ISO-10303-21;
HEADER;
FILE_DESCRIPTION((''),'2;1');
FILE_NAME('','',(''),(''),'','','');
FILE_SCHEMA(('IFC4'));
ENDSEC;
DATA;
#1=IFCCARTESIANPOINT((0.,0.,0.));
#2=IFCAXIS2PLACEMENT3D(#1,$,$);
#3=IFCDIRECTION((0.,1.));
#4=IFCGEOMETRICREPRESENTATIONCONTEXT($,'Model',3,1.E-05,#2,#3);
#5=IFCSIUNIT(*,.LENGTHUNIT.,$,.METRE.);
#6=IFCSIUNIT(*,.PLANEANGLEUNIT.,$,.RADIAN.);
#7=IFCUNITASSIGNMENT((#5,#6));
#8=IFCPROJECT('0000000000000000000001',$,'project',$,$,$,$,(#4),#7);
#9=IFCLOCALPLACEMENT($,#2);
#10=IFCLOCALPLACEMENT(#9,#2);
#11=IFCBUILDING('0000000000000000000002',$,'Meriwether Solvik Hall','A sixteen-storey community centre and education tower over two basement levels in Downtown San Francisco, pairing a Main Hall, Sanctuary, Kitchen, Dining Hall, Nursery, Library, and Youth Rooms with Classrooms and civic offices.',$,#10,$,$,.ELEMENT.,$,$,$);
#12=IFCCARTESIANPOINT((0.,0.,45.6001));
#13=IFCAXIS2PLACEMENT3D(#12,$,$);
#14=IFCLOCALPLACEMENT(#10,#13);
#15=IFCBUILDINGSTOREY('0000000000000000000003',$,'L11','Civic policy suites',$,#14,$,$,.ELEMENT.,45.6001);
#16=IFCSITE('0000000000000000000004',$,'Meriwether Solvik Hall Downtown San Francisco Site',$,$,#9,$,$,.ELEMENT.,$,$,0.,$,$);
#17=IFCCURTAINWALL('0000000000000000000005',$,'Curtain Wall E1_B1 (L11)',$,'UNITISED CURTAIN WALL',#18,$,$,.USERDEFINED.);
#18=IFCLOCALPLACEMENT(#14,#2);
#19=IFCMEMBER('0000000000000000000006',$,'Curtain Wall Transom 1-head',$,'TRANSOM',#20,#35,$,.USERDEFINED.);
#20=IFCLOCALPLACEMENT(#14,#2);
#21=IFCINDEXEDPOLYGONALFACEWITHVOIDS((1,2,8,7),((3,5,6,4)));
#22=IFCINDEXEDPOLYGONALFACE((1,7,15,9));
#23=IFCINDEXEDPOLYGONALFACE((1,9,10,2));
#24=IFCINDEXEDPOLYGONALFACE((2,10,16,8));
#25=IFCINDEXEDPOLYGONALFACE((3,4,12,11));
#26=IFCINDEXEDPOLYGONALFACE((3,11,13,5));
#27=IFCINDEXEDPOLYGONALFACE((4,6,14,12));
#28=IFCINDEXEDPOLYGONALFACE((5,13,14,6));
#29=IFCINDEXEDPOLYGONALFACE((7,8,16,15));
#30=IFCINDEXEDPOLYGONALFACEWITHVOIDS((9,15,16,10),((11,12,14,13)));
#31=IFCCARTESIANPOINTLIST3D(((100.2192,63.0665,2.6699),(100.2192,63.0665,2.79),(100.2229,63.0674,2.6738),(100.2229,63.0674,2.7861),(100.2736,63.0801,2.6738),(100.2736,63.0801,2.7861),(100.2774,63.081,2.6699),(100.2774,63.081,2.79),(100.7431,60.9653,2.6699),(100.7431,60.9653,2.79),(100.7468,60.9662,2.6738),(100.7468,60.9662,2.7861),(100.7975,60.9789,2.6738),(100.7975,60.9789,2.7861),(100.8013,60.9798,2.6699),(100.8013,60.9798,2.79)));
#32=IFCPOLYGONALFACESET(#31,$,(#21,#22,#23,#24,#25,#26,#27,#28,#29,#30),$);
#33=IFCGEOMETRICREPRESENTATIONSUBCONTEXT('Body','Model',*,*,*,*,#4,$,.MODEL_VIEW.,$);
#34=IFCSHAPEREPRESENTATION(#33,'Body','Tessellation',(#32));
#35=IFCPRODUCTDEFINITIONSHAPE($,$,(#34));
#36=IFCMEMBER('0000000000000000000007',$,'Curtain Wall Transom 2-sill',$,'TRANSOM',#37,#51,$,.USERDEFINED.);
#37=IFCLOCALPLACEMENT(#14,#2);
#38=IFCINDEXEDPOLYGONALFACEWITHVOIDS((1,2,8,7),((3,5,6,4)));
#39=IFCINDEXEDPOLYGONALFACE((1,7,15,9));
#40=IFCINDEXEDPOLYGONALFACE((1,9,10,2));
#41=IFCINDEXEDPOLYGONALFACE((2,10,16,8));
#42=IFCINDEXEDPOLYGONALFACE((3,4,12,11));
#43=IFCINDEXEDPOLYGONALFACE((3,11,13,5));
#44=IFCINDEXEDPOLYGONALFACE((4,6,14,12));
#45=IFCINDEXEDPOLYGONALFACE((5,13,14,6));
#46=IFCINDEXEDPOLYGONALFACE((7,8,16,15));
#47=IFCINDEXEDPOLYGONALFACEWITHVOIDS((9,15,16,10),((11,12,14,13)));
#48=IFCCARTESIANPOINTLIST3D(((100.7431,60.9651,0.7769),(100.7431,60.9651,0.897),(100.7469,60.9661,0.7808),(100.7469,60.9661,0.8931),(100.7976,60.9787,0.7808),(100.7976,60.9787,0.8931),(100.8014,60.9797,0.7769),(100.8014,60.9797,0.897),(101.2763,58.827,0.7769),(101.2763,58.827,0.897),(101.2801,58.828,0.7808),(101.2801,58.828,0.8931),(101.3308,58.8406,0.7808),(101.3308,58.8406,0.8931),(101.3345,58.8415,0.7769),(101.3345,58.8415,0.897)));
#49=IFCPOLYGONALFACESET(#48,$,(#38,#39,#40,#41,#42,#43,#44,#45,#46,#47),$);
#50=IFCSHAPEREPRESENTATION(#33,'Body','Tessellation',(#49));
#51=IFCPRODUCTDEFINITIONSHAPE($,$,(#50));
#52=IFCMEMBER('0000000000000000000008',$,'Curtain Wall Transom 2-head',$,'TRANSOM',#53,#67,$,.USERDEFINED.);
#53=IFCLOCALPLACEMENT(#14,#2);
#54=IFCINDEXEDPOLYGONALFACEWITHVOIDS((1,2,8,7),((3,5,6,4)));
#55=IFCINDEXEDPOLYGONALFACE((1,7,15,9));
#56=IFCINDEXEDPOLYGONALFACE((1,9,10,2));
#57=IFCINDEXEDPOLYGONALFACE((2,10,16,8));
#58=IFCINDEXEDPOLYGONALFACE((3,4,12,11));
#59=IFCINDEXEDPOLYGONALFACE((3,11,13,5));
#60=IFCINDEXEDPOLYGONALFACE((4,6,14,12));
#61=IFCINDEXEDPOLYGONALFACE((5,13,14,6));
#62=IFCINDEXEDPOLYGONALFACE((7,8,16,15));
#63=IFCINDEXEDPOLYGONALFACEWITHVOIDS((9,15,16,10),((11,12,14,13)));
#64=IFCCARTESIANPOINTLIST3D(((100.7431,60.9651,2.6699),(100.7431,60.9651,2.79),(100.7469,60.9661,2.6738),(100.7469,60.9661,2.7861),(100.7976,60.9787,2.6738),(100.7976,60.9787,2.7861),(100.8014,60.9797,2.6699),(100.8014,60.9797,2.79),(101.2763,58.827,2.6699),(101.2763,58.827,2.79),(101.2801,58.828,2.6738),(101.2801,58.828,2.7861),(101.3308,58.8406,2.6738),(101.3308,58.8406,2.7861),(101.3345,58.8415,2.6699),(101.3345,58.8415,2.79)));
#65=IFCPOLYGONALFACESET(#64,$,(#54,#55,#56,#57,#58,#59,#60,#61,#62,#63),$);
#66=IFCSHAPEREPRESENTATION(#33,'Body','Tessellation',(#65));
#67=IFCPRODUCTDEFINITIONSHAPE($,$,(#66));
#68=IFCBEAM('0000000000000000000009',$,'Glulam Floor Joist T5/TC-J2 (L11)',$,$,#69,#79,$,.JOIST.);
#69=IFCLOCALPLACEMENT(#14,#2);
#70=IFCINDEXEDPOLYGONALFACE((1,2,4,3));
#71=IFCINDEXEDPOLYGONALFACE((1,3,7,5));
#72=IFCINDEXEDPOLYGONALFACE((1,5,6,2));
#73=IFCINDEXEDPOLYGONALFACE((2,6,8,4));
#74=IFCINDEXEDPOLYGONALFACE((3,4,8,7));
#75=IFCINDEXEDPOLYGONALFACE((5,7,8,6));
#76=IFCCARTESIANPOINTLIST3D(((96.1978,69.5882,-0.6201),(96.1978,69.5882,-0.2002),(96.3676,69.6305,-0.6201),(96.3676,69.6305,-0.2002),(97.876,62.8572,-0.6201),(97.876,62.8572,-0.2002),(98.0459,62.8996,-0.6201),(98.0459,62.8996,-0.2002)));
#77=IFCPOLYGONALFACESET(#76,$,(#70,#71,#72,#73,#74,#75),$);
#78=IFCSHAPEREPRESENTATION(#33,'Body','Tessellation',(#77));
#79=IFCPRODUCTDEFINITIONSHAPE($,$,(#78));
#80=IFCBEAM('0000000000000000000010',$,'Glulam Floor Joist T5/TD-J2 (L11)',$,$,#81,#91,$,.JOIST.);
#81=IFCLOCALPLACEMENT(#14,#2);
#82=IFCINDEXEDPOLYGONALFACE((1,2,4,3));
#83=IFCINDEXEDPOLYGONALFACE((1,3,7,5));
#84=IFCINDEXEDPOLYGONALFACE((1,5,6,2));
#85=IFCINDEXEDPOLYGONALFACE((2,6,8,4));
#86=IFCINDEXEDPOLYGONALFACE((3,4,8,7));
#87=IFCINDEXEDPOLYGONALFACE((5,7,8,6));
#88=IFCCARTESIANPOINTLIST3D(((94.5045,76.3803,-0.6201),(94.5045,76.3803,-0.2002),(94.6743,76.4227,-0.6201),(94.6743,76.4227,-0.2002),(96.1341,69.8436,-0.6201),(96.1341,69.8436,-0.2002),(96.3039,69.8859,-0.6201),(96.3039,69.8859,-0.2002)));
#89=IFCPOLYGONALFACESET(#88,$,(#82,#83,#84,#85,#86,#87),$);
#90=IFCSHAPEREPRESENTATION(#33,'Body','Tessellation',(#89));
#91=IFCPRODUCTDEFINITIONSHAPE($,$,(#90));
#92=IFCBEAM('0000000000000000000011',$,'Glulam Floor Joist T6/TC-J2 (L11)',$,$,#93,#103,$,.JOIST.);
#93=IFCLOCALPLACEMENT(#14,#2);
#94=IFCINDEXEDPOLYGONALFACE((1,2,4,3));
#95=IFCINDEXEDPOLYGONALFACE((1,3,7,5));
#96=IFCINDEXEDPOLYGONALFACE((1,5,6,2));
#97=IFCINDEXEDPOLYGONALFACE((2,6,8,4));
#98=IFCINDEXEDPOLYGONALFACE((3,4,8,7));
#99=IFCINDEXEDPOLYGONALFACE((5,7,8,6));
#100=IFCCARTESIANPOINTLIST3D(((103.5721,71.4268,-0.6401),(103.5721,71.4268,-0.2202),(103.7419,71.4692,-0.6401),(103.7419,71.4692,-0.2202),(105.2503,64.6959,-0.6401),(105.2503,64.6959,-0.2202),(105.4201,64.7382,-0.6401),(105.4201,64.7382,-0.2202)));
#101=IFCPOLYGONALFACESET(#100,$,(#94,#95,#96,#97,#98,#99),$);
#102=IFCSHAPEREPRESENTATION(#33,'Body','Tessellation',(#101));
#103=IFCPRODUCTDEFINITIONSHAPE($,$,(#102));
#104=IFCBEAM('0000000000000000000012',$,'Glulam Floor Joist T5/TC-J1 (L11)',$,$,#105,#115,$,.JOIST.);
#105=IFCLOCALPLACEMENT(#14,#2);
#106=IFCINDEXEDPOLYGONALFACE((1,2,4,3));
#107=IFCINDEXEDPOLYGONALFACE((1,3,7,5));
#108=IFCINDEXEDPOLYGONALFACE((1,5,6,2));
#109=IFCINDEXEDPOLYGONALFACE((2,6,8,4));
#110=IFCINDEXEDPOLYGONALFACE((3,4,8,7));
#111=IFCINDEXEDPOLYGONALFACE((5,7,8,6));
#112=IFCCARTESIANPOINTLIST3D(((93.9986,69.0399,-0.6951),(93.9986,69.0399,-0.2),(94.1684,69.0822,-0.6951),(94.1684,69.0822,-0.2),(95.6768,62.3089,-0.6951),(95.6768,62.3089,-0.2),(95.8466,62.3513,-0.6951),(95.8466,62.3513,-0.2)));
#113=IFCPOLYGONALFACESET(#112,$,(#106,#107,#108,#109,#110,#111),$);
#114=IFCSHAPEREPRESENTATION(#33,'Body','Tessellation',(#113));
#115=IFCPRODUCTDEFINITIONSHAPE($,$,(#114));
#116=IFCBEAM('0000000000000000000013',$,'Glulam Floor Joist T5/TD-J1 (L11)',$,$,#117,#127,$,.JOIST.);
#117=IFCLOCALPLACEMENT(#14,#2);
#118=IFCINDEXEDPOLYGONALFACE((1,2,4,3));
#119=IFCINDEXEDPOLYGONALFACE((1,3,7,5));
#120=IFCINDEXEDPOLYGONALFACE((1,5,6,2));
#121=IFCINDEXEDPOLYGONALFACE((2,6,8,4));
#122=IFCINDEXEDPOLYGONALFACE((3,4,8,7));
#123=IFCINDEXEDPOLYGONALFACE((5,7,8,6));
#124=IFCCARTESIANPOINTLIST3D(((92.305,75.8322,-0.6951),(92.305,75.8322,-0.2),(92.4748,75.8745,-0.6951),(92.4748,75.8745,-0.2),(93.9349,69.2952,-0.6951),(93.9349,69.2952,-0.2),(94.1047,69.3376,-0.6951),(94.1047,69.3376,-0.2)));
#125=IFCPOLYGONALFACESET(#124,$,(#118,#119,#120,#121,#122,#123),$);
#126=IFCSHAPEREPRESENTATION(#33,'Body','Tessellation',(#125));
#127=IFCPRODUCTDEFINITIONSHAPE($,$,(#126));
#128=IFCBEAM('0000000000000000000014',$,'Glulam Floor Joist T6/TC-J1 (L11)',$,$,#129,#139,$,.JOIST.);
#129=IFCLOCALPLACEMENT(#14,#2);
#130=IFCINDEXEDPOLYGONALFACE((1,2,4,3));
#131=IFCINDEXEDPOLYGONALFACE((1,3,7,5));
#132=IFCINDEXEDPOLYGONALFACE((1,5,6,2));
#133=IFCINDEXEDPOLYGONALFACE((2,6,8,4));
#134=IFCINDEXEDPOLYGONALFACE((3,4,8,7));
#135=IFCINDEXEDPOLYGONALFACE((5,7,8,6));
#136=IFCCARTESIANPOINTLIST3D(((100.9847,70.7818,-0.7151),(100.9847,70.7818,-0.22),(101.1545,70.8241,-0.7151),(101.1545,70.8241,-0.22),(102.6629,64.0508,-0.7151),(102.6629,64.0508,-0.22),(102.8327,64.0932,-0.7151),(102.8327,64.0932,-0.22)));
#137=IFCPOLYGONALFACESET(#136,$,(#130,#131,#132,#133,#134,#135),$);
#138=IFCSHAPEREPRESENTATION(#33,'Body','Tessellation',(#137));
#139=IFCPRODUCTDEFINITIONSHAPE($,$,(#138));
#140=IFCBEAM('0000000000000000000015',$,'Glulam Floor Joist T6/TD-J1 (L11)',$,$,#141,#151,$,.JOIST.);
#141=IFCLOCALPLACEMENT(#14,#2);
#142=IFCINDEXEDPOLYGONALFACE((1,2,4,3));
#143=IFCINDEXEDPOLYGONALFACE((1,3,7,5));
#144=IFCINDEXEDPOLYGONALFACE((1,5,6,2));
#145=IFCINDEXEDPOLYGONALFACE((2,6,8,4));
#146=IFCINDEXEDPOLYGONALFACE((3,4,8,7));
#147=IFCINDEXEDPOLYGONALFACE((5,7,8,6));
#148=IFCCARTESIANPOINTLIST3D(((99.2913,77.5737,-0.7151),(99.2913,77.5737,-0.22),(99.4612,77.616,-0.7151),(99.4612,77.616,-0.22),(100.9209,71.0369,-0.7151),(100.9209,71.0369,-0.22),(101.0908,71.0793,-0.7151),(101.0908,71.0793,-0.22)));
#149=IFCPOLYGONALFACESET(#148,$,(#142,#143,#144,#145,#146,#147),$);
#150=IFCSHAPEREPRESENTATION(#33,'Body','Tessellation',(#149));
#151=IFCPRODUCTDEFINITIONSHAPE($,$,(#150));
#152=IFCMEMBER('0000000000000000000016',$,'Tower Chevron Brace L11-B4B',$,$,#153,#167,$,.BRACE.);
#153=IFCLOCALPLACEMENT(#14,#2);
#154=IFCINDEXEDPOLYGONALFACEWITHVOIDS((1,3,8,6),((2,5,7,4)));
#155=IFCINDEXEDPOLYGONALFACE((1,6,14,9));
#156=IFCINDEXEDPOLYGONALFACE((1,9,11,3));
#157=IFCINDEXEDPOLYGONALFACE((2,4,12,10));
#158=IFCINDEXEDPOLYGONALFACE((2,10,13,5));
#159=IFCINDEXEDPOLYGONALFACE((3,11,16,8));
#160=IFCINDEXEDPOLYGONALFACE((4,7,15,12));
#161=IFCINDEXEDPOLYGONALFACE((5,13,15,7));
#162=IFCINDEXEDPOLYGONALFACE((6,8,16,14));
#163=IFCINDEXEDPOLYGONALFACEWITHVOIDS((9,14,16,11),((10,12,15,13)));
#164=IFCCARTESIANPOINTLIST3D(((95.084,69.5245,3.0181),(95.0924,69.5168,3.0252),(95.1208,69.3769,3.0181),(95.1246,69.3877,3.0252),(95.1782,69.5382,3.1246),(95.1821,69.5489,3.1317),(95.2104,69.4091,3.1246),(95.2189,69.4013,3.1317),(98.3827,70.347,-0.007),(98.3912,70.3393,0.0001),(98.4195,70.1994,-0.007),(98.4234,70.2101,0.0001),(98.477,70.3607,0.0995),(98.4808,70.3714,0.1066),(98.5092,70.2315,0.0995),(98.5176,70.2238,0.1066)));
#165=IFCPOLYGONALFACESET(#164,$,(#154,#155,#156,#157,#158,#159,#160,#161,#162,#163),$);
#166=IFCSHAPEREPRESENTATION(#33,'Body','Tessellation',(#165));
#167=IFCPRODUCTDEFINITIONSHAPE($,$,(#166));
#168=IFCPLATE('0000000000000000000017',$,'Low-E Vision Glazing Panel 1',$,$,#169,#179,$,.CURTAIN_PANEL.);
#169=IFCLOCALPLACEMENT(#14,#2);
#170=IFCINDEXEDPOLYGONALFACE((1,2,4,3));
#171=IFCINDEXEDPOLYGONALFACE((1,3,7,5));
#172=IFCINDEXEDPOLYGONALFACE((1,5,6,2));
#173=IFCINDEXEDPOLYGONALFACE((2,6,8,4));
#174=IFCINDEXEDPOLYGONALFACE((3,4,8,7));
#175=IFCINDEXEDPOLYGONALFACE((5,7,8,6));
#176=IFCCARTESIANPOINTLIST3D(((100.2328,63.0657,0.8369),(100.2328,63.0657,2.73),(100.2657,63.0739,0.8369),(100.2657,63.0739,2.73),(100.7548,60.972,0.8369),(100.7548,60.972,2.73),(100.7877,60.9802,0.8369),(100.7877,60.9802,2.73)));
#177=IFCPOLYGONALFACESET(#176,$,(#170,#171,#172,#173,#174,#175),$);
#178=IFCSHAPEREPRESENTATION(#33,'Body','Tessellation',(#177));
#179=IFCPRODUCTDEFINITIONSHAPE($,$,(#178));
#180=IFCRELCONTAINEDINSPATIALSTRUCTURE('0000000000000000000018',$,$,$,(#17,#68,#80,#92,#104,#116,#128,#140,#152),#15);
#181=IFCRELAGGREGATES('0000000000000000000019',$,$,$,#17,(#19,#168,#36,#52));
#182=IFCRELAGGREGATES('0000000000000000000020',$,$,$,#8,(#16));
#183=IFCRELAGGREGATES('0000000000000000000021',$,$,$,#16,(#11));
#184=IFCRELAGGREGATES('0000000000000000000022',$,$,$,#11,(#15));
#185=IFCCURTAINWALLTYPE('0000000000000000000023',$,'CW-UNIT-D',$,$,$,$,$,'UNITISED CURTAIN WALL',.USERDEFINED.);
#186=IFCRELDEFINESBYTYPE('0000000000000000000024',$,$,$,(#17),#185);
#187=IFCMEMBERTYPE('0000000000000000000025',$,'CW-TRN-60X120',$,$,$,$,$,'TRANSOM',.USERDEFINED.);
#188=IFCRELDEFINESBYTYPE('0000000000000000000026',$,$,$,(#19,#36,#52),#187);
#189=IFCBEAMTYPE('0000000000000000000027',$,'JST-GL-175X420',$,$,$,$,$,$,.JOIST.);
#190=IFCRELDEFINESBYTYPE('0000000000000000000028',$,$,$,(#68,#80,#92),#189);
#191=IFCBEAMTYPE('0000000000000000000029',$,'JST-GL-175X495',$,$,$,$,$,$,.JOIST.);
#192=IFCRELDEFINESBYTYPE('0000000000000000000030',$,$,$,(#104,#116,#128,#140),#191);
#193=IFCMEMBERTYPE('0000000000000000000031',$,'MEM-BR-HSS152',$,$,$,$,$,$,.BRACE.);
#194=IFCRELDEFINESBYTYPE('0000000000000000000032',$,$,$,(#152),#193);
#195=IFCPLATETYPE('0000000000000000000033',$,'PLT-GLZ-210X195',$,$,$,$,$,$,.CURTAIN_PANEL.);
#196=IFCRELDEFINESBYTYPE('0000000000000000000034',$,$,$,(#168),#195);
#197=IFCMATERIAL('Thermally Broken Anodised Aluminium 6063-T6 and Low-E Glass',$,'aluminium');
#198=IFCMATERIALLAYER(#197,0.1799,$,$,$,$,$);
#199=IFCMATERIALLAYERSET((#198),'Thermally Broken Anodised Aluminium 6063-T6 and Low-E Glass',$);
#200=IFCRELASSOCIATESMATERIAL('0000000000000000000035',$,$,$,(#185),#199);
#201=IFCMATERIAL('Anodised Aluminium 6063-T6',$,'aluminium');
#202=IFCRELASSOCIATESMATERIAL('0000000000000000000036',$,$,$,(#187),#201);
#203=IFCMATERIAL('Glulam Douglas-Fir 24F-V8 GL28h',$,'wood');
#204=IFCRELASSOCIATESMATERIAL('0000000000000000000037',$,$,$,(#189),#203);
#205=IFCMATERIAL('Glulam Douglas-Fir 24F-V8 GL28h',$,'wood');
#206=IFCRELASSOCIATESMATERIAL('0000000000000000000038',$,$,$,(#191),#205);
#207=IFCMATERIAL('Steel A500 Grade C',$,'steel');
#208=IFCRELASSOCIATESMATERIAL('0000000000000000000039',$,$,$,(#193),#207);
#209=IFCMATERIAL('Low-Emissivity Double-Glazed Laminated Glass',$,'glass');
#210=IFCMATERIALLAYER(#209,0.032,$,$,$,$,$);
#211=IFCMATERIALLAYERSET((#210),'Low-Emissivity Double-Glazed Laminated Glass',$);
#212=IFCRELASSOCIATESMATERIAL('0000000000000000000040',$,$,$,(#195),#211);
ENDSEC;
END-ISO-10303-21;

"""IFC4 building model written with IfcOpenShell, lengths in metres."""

from ifc_helpers import new_model, si_unit, direction, frame, origin, origin_2d, place, context, subcontext, project, spatial, rectangle, hollow_rectangle, extrude, material, layer, layer_set, material_profile, profile_set, type_object, element, aggregate, save


model = new_model("IFC4")

# Units and contexts
model_context = context("Model", 3, precision=1e-05, world=origin(), true_north=direction((0.0, 1.0)))
body_context = subcontext(model_context, "Body", "Model", "MODEL_VIEW")
ifc_project = project(units=[si_unit("LENGTHUNIT", "METRE"), si_unit("PLANEANGLEUNIT", "RADIAN")], contexts=[model_context])

# Site, building, storey
site_placement = place(None, origin())
site = spatial("IfcSite", under=ifc_project, at=site_placement, Name="Meriwether Solvik Hall Downtown San Francisco Site", CompositionType="ELEMENT", RefElevation=0.0)
building_placement = place(site_placement, origin())
building = spatial("IfcBuilding", under=site, at=building_placement, Name="Meriwether Solvik Hall", Description="A sixteen-storey community centre and education tower over two basement levels in Downtown San Francisco, pairing a Main Hall, Sanctuary, Kitchen, Dining Hall, Nursery, Library, and Youth Rooms with Classrooms and civic offices.", CompositionType="ELEMENT")
storey_placement = place(building_placement, frame((0.0, 0.0, 45.6001)))
storey = spatial("IfcBuildingStorey", under=building, at=storey_placement, Name="L11", Description="Civic policy suites", CompositionType="ELEMENT", Elevation=45.6001)

# Curtain wall
ifc_material_1 = material(Name="Thermally Broken Anodised Aluminium 6063-T6 and Low-E Glass", Category="aluminium")
ifc_layer_1 = layer(ifc_material_1, 0.1799)
ifc_layer_set_1 = layer_set([ifc_layer_1], Name="Thermally Broken Anodised Aluminium 6063-T6 and Low-E Glass")
curtain_wall_type_1 = type_object("IfcCurtainWallType", Name="CW-UNIT-D", ElementType="UNITISED CURTAIN WALL", PredefinedType="USERDEFINED", material=ifc_layer_set_1)
curtain_wall_1_placement = place(storey_placement, origin())
curtain_wall_1 = element("IfcCurtainWall", 1, at=curtain_wall_1_placement, inside=storey, type_object=curtain_wall_type_1, Name="Curtain Wall E1_B1 (L11)", ObjectType="UNITISED CURTAIN WALL", PredefinedType="USERDEFINED")

# Members
ifc_material_2 = material(Name="Anodised Aluminium 6063-T6", Category="aluminium")
ifc_material_profile_1 = material_profile(ifc_material_2, hollow_rectangle(XDim=0.0601, YDim=0.1201, WallThickness=0.0039, at=origin_2d()), Name="CWT-60X120")
ifc_profile_set_1 = profile_set([ifc_material_profile_1], Name="Anodised Aluminium 6063-T6")
member_type_1 = type_object("IfcMemberType", Name="CW-TRN-60X120", ElementType="TRANSOM", PredefinedType="USERDEFINED", material=ifc_profile_set_1)
member_1_placement = place(storey_placement, frame((100.2483, 63.0737, 2.73), z_axis=(0.241925, -0.970295, 0.0), x_axis=(0.970295, 0.241925, 0.0)))
member_1 = element("IfcMember", 2, at=member_1_placement, type_object=member_type_1, Name="Curtain Wall Transom 1-head", ObjectType="TRANSOM", PredefinedType="USERDEFINED", context=body_context, shape_type="SweptSolid", body=[
    extrude(hollow_rectangle(XDim=0.0601, YDim=0.1201, WallThickness=0.0039, at=origin_2d()), origin(), (0.0, 0.0, 1.0), 2.1655),
])
member_2_placement = place(storey_placement, frame((100.7722, 60.9724, 0.8369), z_axis=(0.241962, -0.970286, 0.0), x_axis=(0.970286, 0.241962, 0.0)))
member_2 = element("IfcMember", 3, at=member_2_placement, type_object=member_type_1, Name="Curtain Wall Transom 2-sill", ObjectType="TRANSOM", PredefinedType="USERDEFINED", context=body_context, shape_type="SweptSolid", body=[
    extrude(hollow_rectangle(XDim=0.0601, YDim=0.1201, WallThickness=0.0039, at=origin_2d()), origin(), (0.0, 0.0, 1.0), 2.2036),
])
member_3_placement = place(storey_placement, frame((100.7722, 60.9724, 2.73), z_axis=(0.241962, -0.970286, 0.0), x_axis=(0.970286, 0.241962, 0.0)))
member_3 = element("IfcMember", 4, at=member_3_placement, type_object=member_type_1, Name="Curtain Wall Transom 2-head", ObjectType="TRANSOM", PredefinedType="USERDEFINED", context=body_context, shape_type="SweptSolid", body=[
    extrude(hollow_rectangle(XDim=0.0601, YDim=0.1201, WallThickness=0.0039, at=origin_2d()), origin(), (0.0, 0.0, 1.0), 2.2036),
])

# Beams
ifc_material_3 = material(Name="Glulam Douglas-Fir 24F-V8 GL28h", Category="wood")
ifc_material_profile_2 = material_profile(ifc_material_3, rectangle(XDim=0.175, YDim=0.4199, at=origin_2d()), Name="GLJ-175X420")
ifc_profile_set_2 = profile_set([ifc_material_profile_2], Name="Glulam Douglas-Fir 24F-V8 GL28h")
beam_type_1 = type_object("IfcBeamType", Name="JST-GL-175X420", PredefinedType="JOIST", material=ifc_profile_set_2)
beam_1_placement = place(storey_placement, frame((97.9609, 62.8784, -0.4102), z_axis=(-0.241923, 0.970296, 0.0), x_axis=(-0.970296, -0.241923, 0.0)))
element("IfcBeam", 5, at=beam_1_placement, inside=storey, type_object=beam_type_1, Name="Glulam Floor Joist T5/TC-J2 (L11)", PredefinedType="JOIST", context=body_context, shape_type="SweptSolid", body=[
    extrude(rectangle(XDim=0.175, YDim=0.4199, at=origin_2d()), origin(), (0.0, 0.0, 1.0), 6.937),
])
beam_2_placement = place(storey_placement, frame((96.219, 69.8647, -0.4102), z_axis=(-0.241896, 0.970302, 0.0), x_axis=(-0.970302, -0.241896, 0.0)))
element("IfcBeam", 6, at=beam_2_placement, inside=storey, type_object=beam_type_1, Name="Glulam Floor Joist T5/TD-J2 (L11)", PredefinedType="JOIST", context=body_context, shape_type="SweptSolid", body=[
    extrude(rectangle(XDim=0.175, YDim=0.4199, at=origin_2d()), origin(), (0.0, 0.0, 1.0), 6.7368),
])
beam_3_placement = place(storey_placement, frame((105.3352, 64.717, -0.4302), z_axis=(-0.241923, 0.970296, 0.0), x_axis=(-0.970296, -0.241923, 0.0)))
element("IfcBeam", 7, at=beam_3_placement, inside=storey, type_object=beam_type_1, Name="Glulam Floor Joist T6/TC-J2 (L11)", PredefinedType="JOIST", context=body_context, shape_type="SweptSolid", body=[
    extrude(rectangle(XDim=0.175, YDim=0.4199, at=origin_2d()), origin(), (0.0, 0.0, 1.0), 6.937),
])
ifc_material_4 = material(Name="Glulam Douglas-Fir 24F-V8 GL28h", Category="wood")
ifc_material_profile_3 = material_profile(ifc_material_4, rectangle(XDim=0.175, YDim=0.4951, at=origin_2d()), Name="GLJ-175X495")
ifc_profile_set_3 = profile_set([ifc_material_profile_3], Name="Glulam Douglas-Fir 24F-V8 GL28h")
beam_type_2 = type_object("IfcBeamType", Name="JST-GL-175X495", PredefinedType="JOIST", material=ifc_profile_set_3)
beam_4_placement = place(storey_placement, frame((95.7617, 62.3301, -0.4475), z_axis=(-0.241923, 0.970296, 0.0), x_axis=(-0.970296, -0.241923, 0.0)))
element("IfcBeam", 8, at=beam_4_placement, inside=storey, type_object=beam_type_2, Name="Glulam Floor Joist T5/TC-J1 (L11)", PredefinedType="JOIST", context=body_context, shape_type="SweptSolid", body=[
    extrude(rectangle(XDim=0.175, YDim=0.4951, at=origin_2d()), origin(), (0.0, 0.0, 1.0), 6.937),
])
beam_5_placement = place(storey_placement, frame((94.0198, 69.3164, -0.4475), z_axis=(-0.24193, 0.970294, 0.0), x_axis=(-0.970294, -0.24193, 0.0)))
element("IfcBeam", 9, at=beam_5_placement, inside=storey, type_object=beam_type_2, Name="Glulam Floor Joist T5/TD-J1 (L11)", PredefinedType="JOIST", context=body_context, shape_type="SweptSolid", body=[
    extrude(rectangle(XDim=0.175, YDim=0.4951, at=origin_2d()), origin(), (0.0, 0.0, 1.0), 6.7371),
])
beam_6_placement = place(storey_placement, frame((102.7478, 64.072, -0.4675), z_axis=(-0.241923, 0.970296, 0.0), x_axis=(-0.970296, -0.241923, 0.0)))
element("IfcBeam", 10, at=beam_6_placement, inside=storey, type_object=beam_type_2, Name="Glulam Floor Joist T6/TC-J1 (L11)", PredefinedType="JOIST", context=body_context, shape_type="SweptSolid", body=[
    extrude(rectangle(XDim=0.175, YDim=0.4951, at=origin_2d()), origin(), (0.0, 0.0, 1.0), 6.937),
])
beam_7_placement = place(storey_placement, frame((101.0059, 71.0581, -0.4675), z_axis=(-0.241896, 0.970302, 0.0), x_axis=(-0.970302, -0.241896, 0.0)))
element("IfcBeam", 11, at=beam_7_placement, inside=storey, type_object=beam_type_2, Name="Glulam Floor Joist T6/TD-J1 (L11)", PredefinedType="JOIST", context=body_context, shape_type="SweptSolid", body=[
    extrude(rectangle(XDim=0.175, YDim=0.4951, at=origin_2d()), origin(), (0.0, 0.0, 1.0), 6.7368),
])

# Member
ifc_material_5 = material(Name="Steel A500 Grade C", Category="steel")
ifc_material_profile_4 = material_profile(ifc_material_5, hollow_rectangle(XDim=0.1521, YDim=0.1521, WallThickness=0.0095, at=origin_2d()), Name="HSS152X152X9.5")
ifc_profile_set_4 = profile_set([ifc_material_profile_4], Name="Steel A500 Grade C")
member_type_2 = type_object("IfcMemberType", Name="MEM-BR-HSS152", PredefinedType="BRACE", material=ifc_profile_set_4)
member_4_placement = place(storey_placement, frame((98.4502, 70.2854, 0.0498), z_axis=(-0.724881, -0.180737, 0.664742), x_axis=(0.241927, -0.970294, 0.0)))
element("IfcMember", 12, at=member_4_placement, inside=storey, type_object=member_type_2, Name="Tower Chevron Brace L11-B4B", PredefinedType="BRACE", context=body_context, shape_type="SweptSolid", body=[
    extrude(hollow_rectangle(XDim=0.1521, YDim=0.1521, WallThickness=0.0095, at=origin_2d()), origin(), (0.0, 0.0, 1.0), 4.5508),
])

# Plate
ifc_material_6 = material(Name="Low-Emissivity Double-Glazed Laminated Glass", Category="glass")
ifc_layer_2 = layer(ifc_material_6, 0.032)
ifc_layer_set_2 = layer_set([ifc_layer_2], Name="Low-Emissivity Double-Glazed Laminated Glass")
plate_type_1 = type_object("IfcPlateType", Name="PLT-GLZ-210X195", PredefinedType="CURTAIN_PANEL", material=ifc_layer_set_2)
plate_1_placement = place(storey_placement, frame((100.5103, 62.0229, 0.8369), z_axis=(0.0, 0.0, 1.0), x_axis=(0.241922, -0.970296, 0.0)))
plate_1 = element("IfcPlate", 13, at=plate_1_placement, type_object=plate_type_1, Name="Low-E Vision Glazing Panel 1", PredefinedType="CURTAIN_PANEL", context=body_context, shape_type="SweptSolid", body=[
    extrude(rectangle(XDim=2.1577, YDim=0.0339, at=origin_2d()), origin(), (0.0, 0.0, 1.0), 1.8931),
])
aggregate(curtain_wall_1, [member_1, plate_1, member_2, member_3])

save(model, "model.ifc")
